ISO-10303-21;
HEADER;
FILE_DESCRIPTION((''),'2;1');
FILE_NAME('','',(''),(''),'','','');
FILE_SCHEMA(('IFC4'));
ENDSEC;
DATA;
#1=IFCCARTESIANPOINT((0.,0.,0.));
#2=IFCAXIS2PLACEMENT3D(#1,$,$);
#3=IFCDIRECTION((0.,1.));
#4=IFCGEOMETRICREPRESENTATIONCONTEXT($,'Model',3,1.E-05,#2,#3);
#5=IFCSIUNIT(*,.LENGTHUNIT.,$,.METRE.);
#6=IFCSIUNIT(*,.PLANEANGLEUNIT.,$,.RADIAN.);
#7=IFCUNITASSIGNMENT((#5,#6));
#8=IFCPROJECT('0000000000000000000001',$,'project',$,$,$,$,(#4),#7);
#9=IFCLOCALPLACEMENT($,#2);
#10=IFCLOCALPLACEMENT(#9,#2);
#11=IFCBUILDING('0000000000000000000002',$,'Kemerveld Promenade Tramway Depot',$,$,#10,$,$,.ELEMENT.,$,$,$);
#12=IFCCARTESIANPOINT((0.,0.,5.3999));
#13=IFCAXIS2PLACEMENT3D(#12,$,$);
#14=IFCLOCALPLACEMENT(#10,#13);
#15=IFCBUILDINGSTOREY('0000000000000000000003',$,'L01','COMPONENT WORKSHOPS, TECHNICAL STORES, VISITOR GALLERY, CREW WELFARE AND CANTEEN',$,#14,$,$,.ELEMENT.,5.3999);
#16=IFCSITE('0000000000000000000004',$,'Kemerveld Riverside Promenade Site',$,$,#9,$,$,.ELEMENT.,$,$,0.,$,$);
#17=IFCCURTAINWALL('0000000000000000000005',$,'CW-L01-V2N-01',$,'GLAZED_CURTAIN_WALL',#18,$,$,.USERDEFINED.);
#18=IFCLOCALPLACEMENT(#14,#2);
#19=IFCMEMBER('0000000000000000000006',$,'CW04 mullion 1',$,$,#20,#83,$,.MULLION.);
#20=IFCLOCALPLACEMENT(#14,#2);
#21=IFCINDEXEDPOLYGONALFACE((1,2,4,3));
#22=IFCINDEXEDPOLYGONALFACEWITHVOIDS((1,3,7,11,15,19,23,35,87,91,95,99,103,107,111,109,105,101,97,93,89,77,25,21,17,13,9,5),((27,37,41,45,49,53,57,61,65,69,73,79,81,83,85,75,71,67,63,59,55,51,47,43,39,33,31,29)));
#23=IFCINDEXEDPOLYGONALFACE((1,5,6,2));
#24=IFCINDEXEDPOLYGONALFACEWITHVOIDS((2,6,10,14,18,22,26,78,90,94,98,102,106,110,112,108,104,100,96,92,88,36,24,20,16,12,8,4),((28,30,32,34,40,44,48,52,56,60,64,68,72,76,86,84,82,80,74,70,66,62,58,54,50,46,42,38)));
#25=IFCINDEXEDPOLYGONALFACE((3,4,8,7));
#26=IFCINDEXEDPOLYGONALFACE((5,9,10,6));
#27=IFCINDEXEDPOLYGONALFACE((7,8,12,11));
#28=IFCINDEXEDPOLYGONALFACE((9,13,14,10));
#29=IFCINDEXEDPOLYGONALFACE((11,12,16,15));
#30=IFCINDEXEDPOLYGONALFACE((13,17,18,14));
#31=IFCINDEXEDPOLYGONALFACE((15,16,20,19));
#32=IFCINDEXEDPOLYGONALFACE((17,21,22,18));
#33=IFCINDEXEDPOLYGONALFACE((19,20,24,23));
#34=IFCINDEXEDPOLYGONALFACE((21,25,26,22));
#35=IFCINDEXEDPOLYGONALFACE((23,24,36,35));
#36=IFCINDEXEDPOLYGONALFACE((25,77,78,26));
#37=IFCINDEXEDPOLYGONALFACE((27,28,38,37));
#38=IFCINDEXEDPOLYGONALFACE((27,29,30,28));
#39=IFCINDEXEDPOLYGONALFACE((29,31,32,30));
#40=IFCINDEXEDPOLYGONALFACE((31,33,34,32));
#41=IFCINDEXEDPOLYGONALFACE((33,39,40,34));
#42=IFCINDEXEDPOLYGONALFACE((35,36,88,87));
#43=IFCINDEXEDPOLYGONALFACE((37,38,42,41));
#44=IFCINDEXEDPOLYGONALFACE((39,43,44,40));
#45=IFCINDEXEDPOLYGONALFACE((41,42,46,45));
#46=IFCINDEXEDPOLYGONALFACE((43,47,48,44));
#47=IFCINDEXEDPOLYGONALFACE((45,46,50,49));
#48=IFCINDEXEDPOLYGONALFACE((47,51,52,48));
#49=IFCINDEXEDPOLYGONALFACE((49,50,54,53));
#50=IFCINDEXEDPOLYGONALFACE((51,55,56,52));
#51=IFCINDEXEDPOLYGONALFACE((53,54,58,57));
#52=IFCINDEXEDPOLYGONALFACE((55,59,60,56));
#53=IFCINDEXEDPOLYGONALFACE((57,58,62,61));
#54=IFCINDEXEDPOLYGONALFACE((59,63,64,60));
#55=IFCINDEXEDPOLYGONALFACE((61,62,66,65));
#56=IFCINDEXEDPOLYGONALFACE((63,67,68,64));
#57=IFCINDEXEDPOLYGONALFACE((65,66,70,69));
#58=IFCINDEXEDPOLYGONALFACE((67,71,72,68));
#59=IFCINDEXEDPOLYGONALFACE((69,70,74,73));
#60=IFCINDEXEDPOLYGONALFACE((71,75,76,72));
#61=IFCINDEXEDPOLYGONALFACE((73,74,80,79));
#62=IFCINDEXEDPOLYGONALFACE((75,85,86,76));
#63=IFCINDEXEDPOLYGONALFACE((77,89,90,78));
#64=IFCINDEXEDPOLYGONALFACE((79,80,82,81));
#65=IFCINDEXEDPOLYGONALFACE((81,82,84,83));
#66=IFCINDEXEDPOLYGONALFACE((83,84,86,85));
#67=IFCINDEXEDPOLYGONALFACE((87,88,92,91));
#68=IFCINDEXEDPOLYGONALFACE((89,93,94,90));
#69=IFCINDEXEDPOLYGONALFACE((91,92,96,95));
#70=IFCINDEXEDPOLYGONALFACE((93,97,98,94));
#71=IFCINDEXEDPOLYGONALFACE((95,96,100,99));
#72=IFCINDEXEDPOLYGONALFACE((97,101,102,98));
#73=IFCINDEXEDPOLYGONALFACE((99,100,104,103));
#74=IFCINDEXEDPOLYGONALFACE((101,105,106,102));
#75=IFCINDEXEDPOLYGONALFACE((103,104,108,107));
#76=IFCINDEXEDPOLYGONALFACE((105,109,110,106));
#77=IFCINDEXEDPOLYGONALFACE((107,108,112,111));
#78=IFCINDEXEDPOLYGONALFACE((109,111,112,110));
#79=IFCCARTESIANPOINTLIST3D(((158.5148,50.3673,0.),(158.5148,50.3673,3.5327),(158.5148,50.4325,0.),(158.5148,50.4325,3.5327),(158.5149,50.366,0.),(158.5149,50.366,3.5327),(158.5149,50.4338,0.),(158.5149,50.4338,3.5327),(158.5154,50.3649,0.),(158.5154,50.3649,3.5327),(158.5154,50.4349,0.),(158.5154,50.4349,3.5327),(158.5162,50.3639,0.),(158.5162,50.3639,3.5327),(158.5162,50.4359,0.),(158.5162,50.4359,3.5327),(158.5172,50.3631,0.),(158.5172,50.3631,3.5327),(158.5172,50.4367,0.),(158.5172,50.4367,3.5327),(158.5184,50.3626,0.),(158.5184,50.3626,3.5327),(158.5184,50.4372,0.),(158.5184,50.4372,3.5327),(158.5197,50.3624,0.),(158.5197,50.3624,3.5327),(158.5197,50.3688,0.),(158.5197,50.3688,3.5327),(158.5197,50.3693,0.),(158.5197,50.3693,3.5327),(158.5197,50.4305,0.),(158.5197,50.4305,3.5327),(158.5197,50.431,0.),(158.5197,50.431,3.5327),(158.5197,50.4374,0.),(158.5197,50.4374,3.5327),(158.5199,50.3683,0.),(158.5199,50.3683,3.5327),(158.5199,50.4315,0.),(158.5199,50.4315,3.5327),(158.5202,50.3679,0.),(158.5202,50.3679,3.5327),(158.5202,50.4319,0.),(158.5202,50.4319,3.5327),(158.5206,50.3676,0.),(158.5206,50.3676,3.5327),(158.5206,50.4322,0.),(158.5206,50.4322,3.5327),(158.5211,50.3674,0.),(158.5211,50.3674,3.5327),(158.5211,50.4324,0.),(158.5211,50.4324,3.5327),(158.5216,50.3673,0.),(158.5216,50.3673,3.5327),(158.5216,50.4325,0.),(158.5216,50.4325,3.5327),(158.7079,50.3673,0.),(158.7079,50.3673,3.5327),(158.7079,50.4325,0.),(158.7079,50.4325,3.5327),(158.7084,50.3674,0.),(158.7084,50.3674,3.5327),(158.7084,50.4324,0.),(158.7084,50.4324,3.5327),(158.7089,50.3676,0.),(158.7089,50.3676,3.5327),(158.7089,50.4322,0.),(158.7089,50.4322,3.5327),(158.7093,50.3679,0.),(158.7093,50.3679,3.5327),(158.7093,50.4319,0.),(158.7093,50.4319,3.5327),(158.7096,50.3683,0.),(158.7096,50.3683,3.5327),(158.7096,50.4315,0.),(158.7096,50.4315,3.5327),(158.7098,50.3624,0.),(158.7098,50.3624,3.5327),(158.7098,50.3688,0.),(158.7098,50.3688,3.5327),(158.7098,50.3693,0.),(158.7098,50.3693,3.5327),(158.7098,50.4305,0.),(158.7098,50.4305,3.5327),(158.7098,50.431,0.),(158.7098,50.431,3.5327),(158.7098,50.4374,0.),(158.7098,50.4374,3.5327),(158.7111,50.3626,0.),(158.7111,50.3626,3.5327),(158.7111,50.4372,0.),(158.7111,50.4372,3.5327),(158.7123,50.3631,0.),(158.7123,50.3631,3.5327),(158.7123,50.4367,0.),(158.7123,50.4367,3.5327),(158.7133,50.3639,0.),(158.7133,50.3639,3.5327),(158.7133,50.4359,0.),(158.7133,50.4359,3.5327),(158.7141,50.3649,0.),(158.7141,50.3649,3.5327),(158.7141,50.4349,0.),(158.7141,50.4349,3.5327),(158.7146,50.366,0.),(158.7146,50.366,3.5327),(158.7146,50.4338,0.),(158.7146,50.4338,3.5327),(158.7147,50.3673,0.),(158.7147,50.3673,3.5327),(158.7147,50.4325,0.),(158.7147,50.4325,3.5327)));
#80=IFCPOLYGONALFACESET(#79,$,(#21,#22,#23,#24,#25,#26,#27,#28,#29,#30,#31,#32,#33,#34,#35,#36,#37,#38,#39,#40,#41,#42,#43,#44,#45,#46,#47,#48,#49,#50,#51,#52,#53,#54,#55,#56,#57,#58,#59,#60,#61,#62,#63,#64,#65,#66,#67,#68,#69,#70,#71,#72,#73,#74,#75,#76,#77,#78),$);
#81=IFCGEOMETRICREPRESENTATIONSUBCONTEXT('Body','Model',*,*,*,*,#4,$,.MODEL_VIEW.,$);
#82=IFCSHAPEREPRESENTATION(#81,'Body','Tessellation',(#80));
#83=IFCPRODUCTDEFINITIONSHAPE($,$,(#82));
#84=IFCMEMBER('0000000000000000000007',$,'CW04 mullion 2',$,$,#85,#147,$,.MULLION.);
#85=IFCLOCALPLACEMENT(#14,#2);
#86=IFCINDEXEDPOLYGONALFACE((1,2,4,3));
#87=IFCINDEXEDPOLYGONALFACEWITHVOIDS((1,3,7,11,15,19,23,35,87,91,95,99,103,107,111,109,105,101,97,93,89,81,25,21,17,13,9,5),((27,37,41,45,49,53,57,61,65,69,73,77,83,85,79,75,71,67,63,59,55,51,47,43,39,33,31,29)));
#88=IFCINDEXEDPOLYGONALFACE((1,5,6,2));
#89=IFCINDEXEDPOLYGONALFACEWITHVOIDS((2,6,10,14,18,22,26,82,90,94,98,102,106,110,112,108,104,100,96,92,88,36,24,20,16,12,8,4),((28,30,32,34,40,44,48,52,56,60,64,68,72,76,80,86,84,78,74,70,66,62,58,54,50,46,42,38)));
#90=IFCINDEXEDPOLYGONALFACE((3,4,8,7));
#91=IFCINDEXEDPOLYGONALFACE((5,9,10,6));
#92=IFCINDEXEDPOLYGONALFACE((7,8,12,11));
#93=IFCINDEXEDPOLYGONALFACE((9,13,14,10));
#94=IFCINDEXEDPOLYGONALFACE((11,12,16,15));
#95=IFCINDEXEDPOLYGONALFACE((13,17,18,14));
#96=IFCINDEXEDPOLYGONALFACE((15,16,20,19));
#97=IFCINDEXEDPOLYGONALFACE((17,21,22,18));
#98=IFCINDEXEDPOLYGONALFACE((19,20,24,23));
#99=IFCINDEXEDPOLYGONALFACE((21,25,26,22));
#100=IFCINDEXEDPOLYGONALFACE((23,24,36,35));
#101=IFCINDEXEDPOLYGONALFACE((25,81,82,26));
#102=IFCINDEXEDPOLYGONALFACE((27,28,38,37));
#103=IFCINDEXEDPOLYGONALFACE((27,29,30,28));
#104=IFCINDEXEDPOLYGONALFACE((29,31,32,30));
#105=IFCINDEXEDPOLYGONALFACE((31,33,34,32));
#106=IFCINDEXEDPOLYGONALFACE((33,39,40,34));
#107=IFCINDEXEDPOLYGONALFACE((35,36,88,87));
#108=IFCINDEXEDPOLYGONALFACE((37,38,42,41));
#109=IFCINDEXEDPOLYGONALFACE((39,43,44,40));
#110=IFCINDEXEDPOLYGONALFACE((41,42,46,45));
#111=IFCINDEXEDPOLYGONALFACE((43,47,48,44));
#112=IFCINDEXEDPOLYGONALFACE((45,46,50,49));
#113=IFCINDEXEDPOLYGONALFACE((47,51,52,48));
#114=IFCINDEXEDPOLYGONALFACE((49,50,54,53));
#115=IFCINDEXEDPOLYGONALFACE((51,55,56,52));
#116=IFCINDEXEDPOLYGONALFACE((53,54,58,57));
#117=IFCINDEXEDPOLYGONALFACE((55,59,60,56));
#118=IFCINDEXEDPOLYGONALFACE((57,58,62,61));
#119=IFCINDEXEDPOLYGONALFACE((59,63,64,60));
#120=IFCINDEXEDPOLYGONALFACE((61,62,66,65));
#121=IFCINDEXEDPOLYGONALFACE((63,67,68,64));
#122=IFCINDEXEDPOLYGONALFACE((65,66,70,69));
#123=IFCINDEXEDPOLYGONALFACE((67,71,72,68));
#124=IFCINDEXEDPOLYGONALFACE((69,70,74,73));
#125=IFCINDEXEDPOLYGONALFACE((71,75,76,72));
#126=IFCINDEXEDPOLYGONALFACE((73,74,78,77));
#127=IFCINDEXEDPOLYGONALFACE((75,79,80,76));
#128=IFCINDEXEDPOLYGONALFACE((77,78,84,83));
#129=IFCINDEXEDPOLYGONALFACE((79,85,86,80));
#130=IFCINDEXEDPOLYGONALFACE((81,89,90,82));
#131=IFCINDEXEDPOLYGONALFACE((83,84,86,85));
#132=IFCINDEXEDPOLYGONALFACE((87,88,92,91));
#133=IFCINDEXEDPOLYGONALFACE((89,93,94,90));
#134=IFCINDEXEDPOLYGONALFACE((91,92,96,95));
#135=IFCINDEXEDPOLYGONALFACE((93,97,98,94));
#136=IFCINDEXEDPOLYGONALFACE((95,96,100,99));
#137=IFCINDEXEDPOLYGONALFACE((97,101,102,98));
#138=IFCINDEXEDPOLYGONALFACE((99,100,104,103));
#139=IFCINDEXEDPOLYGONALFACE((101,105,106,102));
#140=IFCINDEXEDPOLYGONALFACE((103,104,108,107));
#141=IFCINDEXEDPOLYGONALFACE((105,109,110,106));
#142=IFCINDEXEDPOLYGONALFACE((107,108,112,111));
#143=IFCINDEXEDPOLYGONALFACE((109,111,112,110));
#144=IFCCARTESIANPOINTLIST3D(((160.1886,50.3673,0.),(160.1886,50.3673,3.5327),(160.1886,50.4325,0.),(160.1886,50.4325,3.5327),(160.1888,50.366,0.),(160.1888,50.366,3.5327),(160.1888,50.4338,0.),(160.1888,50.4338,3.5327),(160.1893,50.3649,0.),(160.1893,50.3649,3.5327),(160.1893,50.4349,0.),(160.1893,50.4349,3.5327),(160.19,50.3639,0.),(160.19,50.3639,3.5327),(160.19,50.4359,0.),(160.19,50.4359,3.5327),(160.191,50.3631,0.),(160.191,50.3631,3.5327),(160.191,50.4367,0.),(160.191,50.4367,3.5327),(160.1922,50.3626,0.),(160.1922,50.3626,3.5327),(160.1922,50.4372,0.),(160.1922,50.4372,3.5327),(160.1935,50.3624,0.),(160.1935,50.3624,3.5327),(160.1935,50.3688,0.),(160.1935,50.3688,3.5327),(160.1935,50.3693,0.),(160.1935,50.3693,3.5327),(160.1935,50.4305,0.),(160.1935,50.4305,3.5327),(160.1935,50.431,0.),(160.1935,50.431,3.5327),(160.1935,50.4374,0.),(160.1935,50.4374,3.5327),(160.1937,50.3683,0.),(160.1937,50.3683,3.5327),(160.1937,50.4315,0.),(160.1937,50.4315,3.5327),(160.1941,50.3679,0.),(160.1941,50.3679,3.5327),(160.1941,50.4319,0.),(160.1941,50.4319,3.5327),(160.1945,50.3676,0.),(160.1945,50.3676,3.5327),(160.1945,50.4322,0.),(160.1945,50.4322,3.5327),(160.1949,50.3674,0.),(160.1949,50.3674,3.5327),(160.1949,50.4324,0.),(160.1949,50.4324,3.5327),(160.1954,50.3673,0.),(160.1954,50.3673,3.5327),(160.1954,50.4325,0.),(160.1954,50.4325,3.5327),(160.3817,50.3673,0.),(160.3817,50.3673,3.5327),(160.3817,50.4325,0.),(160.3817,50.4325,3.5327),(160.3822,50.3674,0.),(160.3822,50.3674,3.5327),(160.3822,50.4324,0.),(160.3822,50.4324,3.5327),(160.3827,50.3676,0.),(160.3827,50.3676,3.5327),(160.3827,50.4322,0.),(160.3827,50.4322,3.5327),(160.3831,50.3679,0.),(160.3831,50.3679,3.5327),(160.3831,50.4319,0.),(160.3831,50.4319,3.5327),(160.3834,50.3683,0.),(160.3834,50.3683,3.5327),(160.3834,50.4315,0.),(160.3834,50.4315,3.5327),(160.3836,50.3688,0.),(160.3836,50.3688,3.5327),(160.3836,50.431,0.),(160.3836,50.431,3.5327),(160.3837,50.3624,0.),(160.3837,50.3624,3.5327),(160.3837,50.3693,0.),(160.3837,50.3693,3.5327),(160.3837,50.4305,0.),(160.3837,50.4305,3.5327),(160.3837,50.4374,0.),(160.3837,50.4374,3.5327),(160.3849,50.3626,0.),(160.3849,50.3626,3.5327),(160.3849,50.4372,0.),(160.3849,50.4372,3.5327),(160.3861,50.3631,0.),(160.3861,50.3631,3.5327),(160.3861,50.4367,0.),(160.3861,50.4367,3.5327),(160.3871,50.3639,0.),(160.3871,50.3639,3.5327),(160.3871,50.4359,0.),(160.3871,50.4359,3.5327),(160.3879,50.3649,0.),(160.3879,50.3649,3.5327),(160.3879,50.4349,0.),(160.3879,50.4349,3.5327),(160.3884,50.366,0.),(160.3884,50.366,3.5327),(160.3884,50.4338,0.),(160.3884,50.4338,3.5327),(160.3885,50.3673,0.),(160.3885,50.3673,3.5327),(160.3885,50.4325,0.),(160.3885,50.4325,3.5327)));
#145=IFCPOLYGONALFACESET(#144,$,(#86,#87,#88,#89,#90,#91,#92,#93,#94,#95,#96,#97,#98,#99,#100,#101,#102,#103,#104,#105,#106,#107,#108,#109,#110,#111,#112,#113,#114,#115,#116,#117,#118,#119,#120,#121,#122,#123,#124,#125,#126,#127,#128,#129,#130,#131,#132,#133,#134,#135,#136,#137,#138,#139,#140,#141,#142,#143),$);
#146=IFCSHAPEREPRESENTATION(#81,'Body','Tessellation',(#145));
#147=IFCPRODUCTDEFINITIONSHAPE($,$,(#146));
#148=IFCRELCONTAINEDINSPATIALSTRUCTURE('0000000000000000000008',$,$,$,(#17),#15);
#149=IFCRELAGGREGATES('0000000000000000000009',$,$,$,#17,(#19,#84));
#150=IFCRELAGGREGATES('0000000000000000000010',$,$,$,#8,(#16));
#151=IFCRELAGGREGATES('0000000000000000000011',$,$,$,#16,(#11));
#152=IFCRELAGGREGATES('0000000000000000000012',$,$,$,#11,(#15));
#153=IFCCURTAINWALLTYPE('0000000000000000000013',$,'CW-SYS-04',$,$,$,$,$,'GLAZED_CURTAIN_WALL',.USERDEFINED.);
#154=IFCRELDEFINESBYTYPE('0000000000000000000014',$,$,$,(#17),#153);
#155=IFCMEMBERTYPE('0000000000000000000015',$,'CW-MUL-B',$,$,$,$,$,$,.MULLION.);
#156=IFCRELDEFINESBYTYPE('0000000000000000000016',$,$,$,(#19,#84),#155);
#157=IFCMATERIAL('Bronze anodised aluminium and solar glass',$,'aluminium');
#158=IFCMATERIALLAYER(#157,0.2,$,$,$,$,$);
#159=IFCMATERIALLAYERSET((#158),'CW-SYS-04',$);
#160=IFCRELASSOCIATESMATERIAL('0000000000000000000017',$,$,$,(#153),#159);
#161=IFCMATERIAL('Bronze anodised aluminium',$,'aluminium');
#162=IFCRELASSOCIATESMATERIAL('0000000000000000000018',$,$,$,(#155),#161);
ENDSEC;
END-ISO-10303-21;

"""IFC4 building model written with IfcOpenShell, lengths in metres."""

from ifc_helpers import new_model, si_unit, direction, frame, origin, origin_2d, place, context, subcontext, project, spatial, hollow_rectangle, extrude, material, layer, layer_set, material_profile, profile_set, type_object, element, aggregate, save


model = new_model("IFC4")

# Units and contexts
model_context = context("Model", 3, precision=1e-05, world=origin(), true_north=direction((0.0, 1.0)))
body_context = subcontext(model_context, "Body", "Model", "MODEL_VIEW")
ifc_project = project(units=[si_unit("LENGTHUNIT", "METRE"), si_unit("PLANEANGLEUNIT", "RADIAN")], contexts=[model_context])

# Site, building, storey
site_placement = place(None, origin())
site = spatial("IfcSite", under=ifc_project, at=site_placement, Name="Kemerveld Riverside Promenade Site", CompositionType="ELEMENT", RefElevation=0.0)
building_placement = place(site_placement, origin())
building = spatial("IfcBuilding", under=site, at=building_placement, Name="Kemerveld Promenade Tramway Depot", CompositionType="ELEMENT")
storey_placement = place(building_placement, frame((0.0, 0.0, 5.3999)))
storey = spatial("IfcBuildingStorey", under=building, at=storey_placement, Name="L01", Description="COMPONENT WORKSHOPS, TECHNICAL STORES, VISITOR GALLERY, CREW WELFARE AND CANTEEN", CompositionType="ELEMENT", Elevation=5.3999)

# Curtain wall, members
ifc_material_1 = material(Name="Bronze anodised aluminium and solar glass", Category="aluminium")
ifc_layer_1 = layer(ifc_material_1, 0.2)
ifc_layer_set_1 = layer_set([ifc_layer_1], Name="CW-SYS-04")
curtain_wall_type_1 = type_object("IfcCurtainWallType", Name="CW-SYS-04", ElementType="GLAZED_CURTAIN_WALL", PredefinedType="USERDEFINED", material=ifc_layer_set_1)
curtain_wall_1_placement = place(storey_placement, origin())
curtain_wall_1 = element("IfcCurtainWall", 1, at=curtain_wall_1_placement, inside=storey, type_object=curtain_wall_type_1, Name="CW-L01-V2N-01", ObjectType="GLAZED_CURTAIN_WALL", PredefinedType="USERDEFINED")
ifc_material_2 = material(Name="Bronze anodised aluminium", Category="aluminium")
ifc_material_profile_1 = material_profile(ifc_material_2, hollow_rectangle(XDim=0.075, YDim=0.2, WallThickness=0.0049, InnerFilletRadius=0.002, OuterFilletRadius=0.0049, at=origin_2d()), Name="CW-MUL-200x75")
ifc_profile_set_1 = profile_set([ifc_material_profile_1], Name="Bronze anodised aluminium")
member_type_1 = type_object("IfcMemberType", Name="CW-MUL-B", PredefinedType="MULLION", material=ifc_profile_set_1)
member_1_placement = place(storey_placement, frame((158.6147, 50.3999, 0.0), z_axis=(0.0, 0.0, 1.0), x_axis=(0.0, 1.0, 0.0)))
member_1 = element("IfcMember", 2, at=member_1_placement, type_object=member_type_1, Name="CW04 mullion 1", PredefinedType="MULLION", context=body_context, shape_type="SweptSolid", body=[
    extrude(hollow_rectangle(XDim=0.075, YDim=0.2, WallThickness=0.0049, InnerFilletRadius=0.002, OuterFilletRadius=0.0049, at=origin_2d()), origin(), (0.0, 0.0, 1.0), 3.5327),
])
member_2_placement = place(storey_placement, frame((160.2886, 50.3999, 0.0), z_axis=(0.0, 0.0, 1.0), x_axis=(0.0, 1.0, 0.0)))
member_2 = element("IfcMember", 3, at=member_2_placement, type_object=member_type_1, Name="CW04 mullion 2", PredefinedType="MULLION", context=body_context, shape_type="SweptSolid", body=[
    extrude(hollow_rectangle(XDim=0.075, YDim=0.2, WallThickness=0.0049, InnerFilletRadius=0.002, OuterFilletRadius=0.0049, at=origin_2d()), origin(), (0.0, 0.0, 1.0), 3.5327),
])

aggregate(curtain_wall_1, [member_1, member_2])

save(model, "model.ifc")
